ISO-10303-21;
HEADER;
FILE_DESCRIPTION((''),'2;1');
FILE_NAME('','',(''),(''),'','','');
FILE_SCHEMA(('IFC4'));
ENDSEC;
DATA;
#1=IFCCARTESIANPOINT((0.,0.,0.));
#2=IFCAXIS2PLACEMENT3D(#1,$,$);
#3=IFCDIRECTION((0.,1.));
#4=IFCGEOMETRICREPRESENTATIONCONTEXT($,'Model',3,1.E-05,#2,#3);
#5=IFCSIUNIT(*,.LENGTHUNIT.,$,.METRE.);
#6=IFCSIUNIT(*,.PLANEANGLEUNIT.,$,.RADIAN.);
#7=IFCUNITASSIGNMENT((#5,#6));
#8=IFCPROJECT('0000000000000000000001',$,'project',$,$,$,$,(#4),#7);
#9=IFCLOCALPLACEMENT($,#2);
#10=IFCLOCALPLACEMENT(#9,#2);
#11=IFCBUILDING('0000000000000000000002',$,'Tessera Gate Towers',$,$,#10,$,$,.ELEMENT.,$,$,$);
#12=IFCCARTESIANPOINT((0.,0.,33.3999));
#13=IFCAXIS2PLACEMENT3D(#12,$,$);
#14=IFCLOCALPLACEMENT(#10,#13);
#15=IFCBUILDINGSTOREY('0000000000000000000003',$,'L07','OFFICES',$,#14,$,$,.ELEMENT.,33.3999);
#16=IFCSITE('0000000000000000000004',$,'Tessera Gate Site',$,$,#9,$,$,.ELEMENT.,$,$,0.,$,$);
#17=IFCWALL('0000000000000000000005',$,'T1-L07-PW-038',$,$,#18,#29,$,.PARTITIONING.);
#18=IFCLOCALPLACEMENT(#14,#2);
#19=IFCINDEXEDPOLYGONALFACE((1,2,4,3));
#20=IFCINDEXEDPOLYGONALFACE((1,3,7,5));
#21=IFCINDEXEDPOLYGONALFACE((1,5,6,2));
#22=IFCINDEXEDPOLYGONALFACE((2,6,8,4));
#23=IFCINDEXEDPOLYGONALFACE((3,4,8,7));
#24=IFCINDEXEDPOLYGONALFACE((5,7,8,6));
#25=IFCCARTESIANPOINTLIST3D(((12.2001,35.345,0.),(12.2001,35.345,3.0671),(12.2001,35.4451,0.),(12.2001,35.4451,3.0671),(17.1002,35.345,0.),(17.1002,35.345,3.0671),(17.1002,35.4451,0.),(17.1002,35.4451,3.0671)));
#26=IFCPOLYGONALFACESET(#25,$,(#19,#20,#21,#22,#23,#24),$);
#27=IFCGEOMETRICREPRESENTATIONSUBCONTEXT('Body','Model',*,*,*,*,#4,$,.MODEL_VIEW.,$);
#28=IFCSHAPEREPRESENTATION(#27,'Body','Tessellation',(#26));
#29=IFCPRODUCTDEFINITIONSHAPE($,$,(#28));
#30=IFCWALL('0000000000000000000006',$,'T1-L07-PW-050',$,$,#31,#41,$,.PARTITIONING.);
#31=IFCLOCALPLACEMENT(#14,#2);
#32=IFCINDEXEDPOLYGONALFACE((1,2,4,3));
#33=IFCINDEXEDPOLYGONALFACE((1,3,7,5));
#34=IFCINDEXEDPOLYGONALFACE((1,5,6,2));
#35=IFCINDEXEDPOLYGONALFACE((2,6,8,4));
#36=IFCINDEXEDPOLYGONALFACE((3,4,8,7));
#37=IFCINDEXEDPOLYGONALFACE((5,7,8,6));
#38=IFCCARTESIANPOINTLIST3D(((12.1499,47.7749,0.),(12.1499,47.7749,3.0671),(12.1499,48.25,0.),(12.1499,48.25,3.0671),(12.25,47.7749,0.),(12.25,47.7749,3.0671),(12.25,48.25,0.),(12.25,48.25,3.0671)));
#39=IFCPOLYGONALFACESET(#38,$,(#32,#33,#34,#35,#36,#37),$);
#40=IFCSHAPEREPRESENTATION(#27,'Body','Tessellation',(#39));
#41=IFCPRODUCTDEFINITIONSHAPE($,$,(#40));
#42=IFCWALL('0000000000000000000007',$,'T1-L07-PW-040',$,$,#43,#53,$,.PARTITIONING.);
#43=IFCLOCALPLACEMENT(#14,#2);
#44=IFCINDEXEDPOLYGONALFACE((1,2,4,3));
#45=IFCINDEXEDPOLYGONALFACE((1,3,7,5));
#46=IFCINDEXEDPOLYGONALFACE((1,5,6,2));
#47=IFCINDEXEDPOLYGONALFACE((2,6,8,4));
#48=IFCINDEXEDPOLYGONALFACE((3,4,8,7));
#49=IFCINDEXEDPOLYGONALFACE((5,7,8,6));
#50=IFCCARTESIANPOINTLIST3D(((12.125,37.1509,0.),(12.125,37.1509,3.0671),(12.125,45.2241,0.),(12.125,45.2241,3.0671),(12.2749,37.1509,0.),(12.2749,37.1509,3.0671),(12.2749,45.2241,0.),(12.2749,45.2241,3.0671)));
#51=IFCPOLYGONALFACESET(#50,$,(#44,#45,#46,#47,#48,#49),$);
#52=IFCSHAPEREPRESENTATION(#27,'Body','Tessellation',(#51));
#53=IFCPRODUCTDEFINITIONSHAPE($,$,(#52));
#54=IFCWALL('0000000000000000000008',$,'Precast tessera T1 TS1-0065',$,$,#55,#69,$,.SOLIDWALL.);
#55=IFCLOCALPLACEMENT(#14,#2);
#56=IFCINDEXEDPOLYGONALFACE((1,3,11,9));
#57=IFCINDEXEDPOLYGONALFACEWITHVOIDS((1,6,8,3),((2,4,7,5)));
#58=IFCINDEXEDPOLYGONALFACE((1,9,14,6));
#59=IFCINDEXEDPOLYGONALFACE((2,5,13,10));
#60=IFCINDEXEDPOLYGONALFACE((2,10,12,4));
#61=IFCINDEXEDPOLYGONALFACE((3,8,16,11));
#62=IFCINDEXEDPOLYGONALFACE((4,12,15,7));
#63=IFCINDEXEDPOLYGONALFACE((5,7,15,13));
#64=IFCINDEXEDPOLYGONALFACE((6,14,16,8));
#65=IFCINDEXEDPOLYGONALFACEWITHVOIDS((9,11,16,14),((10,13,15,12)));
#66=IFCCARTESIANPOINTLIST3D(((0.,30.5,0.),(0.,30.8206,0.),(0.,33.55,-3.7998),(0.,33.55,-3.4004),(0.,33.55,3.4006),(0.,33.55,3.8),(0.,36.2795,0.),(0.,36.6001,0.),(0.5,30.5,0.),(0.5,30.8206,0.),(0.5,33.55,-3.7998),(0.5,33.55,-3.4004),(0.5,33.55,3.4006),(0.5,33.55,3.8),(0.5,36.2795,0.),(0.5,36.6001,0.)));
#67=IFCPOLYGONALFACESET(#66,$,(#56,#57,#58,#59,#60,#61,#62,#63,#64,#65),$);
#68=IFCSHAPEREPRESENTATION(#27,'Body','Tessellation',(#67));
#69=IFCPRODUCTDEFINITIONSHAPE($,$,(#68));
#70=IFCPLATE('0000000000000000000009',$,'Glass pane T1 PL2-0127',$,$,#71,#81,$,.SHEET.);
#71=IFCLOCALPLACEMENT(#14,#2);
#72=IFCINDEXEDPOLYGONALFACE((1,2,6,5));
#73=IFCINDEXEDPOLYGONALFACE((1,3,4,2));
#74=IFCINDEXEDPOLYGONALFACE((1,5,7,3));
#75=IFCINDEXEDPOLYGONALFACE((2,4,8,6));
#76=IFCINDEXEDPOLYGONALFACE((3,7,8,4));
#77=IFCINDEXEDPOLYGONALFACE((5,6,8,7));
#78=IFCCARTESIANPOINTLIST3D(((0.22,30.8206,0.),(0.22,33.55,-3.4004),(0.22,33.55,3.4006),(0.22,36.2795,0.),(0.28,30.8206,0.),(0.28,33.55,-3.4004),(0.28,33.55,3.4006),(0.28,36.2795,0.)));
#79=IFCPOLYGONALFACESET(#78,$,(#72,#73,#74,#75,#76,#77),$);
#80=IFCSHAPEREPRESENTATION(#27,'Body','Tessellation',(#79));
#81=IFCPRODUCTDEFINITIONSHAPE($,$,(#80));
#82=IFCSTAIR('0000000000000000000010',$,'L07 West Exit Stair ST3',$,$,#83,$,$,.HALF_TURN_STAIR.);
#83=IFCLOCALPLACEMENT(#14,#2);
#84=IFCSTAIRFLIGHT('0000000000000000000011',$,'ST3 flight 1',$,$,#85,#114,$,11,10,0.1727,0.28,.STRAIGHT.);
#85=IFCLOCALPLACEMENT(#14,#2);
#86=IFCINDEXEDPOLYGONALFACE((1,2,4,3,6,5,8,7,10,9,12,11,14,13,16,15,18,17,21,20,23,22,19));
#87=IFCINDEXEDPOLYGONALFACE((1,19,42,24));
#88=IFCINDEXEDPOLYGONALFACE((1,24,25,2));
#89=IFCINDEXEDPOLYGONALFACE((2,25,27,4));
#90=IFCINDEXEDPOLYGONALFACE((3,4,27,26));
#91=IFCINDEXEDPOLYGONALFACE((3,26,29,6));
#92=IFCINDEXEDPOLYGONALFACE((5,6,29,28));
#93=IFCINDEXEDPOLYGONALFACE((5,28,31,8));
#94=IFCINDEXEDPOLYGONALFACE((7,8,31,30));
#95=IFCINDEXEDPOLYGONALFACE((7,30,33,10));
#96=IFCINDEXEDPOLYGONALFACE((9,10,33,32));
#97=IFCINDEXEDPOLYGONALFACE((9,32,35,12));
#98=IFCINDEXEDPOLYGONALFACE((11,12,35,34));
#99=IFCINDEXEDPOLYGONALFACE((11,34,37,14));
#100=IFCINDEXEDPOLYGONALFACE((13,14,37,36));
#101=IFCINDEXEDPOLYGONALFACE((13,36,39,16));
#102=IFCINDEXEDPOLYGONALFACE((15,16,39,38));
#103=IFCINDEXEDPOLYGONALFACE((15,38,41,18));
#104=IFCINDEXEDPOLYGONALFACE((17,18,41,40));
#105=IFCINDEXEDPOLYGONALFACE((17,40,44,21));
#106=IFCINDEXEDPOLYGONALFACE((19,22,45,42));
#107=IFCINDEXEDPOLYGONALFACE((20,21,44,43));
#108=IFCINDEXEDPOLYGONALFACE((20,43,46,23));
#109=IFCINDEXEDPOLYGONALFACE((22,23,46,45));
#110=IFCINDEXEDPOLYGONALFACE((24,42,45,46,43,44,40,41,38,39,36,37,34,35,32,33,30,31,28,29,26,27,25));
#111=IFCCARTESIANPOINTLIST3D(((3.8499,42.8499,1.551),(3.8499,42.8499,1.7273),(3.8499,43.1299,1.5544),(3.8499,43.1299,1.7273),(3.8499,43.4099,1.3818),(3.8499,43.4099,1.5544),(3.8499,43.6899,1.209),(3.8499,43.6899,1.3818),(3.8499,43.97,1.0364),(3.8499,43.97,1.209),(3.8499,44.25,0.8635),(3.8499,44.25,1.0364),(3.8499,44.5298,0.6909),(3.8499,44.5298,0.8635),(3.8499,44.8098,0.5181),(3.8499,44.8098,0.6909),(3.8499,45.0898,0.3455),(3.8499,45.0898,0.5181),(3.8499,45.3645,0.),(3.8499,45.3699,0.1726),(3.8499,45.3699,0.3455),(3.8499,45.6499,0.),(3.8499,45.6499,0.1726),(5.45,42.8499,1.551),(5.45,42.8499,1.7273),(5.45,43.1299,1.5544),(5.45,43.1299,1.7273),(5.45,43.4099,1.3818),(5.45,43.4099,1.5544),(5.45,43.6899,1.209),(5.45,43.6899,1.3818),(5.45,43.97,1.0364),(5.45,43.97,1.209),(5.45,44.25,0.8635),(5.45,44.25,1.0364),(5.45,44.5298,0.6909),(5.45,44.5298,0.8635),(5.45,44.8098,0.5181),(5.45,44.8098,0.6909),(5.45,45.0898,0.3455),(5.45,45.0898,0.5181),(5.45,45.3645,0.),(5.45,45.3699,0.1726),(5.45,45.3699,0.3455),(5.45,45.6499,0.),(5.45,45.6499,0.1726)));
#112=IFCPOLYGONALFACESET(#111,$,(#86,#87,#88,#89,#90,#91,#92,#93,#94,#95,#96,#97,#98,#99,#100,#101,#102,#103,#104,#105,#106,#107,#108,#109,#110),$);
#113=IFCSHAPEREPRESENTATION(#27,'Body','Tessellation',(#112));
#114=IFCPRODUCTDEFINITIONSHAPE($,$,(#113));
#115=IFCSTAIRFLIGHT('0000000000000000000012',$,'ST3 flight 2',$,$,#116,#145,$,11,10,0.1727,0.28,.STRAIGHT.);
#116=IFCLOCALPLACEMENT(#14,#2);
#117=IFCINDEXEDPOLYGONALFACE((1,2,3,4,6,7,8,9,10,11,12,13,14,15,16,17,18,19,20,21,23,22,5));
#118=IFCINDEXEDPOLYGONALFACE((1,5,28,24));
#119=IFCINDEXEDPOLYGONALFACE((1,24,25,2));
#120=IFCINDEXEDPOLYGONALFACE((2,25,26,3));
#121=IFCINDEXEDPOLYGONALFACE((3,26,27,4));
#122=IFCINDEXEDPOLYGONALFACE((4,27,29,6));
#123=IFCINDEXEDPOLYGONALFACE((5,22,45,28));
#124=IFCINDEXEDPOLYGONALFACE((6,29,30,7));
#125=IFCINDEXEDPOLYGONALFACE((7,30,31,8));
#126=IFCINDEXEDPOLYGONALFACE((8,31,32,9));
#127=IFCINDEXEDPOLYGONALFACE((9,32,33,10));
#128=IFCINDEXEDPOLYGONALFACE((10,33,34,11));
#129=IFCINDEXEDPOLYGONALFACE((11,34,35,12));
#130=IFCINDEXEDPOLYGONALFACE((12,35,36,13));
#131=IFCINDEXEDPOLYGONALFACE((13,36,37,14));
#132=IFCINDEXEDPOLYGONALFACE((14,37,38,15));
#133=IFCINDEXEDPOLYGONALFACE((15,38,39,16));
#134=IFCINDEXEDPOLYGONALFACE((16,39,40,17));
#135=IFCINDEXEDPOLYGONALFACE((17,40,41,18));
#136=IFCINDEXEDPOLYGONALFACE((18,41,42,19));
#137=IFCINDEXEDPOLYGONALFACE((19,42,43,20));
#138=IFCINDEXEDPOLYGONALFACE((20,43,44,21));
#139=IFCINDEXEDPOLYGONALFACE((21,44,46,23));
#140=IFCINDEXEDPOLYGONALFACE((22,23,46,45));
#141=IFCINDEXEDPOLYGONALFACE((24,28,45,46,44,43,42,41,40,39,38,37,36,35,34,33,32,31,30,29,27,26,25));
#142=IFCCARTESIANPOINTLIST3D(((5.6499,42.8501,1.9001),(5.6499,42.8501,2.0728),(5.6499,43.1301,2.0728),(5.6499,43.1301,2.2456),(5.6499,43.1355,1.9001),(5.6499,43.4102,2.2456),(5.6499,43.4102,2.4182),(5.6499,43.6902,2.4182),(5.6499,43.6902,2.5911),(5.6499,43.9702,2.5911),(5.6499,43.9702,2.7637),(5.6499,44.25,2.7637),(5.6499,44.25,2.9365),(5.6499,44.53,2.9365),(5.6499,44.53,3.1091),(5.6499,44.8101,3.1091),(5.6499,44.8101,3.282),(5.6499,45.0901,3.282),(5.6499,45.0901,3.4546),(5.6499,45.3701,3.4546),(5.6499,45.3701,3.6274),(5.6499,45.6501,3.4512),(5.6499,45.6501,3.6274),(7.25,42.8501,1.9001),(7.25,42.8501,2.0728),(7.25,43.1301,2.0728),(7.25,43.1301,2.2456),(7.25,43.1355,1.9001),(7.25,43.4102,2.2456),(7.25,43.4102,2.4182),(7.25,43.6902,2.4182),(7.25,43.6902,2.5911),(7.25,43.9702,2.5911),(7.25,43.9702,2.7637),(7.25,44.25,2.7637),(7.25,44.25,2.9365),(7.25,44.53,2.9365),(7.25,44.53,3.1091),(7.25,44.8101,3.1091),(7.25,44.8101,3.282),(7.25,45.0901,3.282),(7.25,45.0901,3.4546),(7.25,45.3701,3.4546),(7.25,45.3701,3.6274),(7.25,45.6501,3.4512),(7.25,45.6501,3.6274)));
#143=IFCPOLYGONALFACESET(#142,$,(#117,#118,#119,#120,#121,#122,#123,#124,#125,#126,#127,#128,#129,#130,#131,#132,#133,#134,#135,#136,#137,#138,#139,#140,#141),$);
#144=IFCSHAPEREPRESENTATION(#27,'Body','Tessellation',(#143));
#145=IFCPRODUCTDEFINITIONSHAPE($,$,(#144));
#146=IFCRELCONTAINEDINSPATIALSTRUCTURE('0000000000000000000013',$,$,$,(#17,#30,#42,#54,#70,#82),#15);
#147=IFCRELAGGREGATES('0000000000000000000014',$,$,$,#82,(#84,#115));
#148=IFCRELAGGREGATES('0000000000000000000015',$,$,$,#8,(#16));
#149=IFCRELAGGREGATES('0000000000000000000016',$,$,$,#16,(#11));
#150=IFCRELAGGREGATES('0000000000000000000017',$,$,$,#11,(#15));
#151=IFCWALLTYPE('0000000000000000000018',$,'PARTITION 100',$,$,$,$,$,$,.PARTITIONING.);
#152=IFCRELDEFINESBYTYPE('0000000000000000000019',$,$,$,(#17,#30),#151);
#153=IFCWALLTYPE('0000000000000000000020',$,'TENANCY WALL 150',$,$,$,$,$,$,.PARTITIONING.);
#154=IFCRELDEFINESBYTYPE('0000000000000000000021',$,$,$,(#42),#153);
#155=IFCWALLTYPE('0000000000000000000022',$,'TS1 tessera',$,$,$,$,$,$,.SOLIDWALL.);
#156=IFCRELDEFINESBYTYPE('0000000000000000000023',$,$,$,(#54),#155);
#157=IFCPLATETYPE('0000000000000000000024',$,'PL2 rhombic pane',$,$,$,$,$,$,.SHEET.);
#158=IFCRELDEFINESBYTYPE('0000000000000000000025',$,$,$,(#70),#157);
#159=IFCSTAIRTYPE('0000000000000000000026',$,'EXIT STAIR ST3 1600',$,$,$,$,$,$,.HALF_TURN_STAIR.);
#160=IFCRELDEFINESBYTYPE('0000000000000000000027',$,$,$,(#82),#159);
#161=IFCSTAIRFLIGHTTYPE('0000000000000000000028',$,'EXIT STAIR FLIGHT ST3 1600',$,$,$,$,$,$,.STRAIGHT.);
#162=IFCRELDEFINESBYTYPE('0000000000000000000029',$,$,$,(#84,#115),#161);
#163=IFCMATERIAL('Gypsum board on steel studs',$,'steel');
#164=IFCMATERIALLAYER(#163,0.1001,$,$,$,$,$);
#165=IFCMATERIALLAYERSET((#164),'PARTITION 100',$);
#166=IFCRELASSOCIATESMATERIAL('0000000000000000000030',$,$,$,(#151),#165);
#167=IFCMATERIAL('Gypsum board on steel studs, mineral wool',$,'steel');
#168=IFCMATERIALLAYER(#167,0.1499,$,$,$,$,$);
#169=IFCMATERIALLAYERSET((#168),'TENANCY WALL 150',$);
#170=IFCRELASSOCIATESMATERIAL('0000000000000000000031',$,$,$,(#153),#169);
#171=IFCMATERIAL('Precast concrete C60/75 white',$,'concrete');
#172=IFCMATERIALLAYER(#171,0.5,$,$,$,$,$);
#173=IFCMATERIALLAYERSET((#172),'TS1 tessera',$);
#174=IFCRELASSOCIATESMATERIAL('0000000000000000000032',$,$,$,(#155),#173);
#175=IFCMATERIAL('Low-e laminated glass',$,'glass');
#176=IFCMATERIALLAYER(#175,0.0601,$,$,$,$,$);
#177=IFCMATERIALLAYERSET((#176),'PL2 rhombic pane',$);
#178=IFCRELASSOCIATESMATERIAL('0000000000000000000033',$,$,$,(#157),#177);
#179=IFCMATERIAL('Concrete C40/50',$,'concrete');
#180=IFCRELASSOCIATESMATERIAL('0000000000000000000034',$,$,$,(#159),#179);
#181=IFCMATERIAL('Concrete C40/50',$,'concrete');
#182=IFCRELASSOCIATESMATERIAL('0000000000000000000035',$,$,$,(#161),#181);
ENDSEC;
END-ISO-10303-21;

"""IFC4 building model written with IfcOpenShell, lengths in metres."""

from ifc_helpers import new_model, si_unit, direction, frame, frame_2d, origin, place, context, subcontext, project, spatial, polyline, rectangle, outline, extrude, source, transform, mapped, material, layer, layer_set, type_object, element, fill, aggregate, save


model = new_model("IFC4")

# Units and contexts
model_context = context("Model", 3, precision=1e-05, world=origin(), true_north=direction((0.0, 1.0)))
body_context = subcontext(model_context, "Body", "Model", "MODEL_VIEW")
ifc_project = project(units=[si_unit("LENGTHUNIT", "METRE"), si_unit("PLANEANGLEUNIT", "RADIAN")], contexts=[model_context])

# Site, building, storey
site_placement = place(None, origin())
site = spatial("IfcSite", under=ifc_project, at=site_placement, Name="Tessera Gate Site", CompositionType="ELEMENT", RefElevation=0.0)
building_placement = place(site_placement, origin())
building = spatial("IfcBuilding", under=site, at=building_placement, Name="Tessera Gate Towers", CompositionType="ELEMENT")
storey_placement = place(building_placement, frame((0.0, 0.0, 33.3999)))
storey = spatial("IfcBuildingStorey", under=building, at=storey_placement, Name="L07", Description="OFFICES", CompositionType="ELEMENT", Elevation=33.3999)

# Walls
ifc_material_1 = material(Name="Gypsum board on steel studs", Category="steel")
ifc_layer_1 = layer(ifc_material_1, 0.1001)
ifc_layer_set_1 = layer_set([ifc_layer_1], Name="PARTITION 100")
wall_type_1 = type_object("IfcWallType", Name="PARTITION 100", PredefinedType="PARTITIONING", material=ifc_layer_set_1)
wall_1_placement = place(storey_placement, frame((12.2, 35.395, 0.0), z_axis=(0.0, 0.0, 1.0), x_axis=(1.0, 0.0, 0.0)))
element("IfcWall", 1, at=wall_1_placement, inside=storey, type_object=wall_type_1, Name="T1-L07-PW-038", PredefinedType="PARTITIONING", context=body_context, shape_type="SweptSolid", body=[
    extrude(rectangle(XDim=4.9001, YDim=0.1001, at=frame_2d((2.4502, 0.0))), origin(), (0.0, 0.0, 1.0), 3.0671),
])
wall_2_placement = place(storey_placement, frame((12.2, 48.25, 0.0), z_axis=(0.0, 0.0, 1.0), x_axis=(0.0, -1.0, 0.0)))
element("IfcWall", 2, at=wall_2_placement, inside=storey, type_object=wall_type_1, Name="T1-L07-PW-050", PredefinedType="PARTITIONING", context=body_context, shape_type="SweptSolid", body=[
    extrude(rectangle(XDim=0.4751, YDim=0.1001, at=frame_2d((0.2375, 0.0))), origin(), (0.0, 0.0, 1.0), 3.0671),
])
ifc_material_2 = material(Name="Gypsum board on steel studs, mineral wool", Category="steel")
ifc_layer_2 = layer(ifc_material_2, 0.1499)
ifc_layer_set_2 = layer_set([ifc_layer_2], Name="TENANCY WALL 150")
wall_type_2 = type_object("IfcWallType", Name="TENANCY WALL 150", PredefinedType="PARTITIONING", material=ifc_layer_set_2)
wall_3_placement = place(storey_placement, frame((12.2, 37.1509, 0.0), z_axis=(0.0, 0.0, 1.0), x_axis=(0.0, 1.0, 0.0)))
element("IfcWall", 3, at=wall_3_placement, inside=storey, type_object=wall_type_2, Name="T1-L07-PW-040", PredefinedType="PARTITIONING", context=body_context, shape_type="SweptSolid", body=[
    extrude(rectangle(XDim=8.0732, YDim=0.1499, at=frame_2d((4.0366, 0.0))), origin(), (0.0, 0.0, 1.0), 3.0671),
])

# Wall, opening, plate
ifc_material_3 = material(Name="Precast concrete C60/75 white", Category="concrete")
ifc_layer_3 = layer(ifc_material_3, 0.5)
ifc_layer_set_3 = layer_set([ifc_layer_3], Name="TS1 tessera")
wall_type_3 = type_object("IfcWallType", Name="TS1 tessera", PredefinedType="SOLIDWALL", material=ifc_layer_set_3)
shared_shape_1 = source(origin(), body_context, "Body", "SweptSolid", [
    extrude(outline(polyline([(3.05, 0.0), (6.1001, 3.7998), (3.05, 7.5999), (0.0, 3.7998), (3.05, 0.0)])), frame((0.0, 0.25, 0.0), z_axis=(0.0, -1.0, 0.0), x_axis=(1.0, 0.0, 0.0)), (0.0, 0.0, 1.0), 0.5),
])
wall_4_placement = place(storey_placement, frame((0.25, 36.6001, -3.7998), z_axis=(0.0, 0.0, 1.0), x_axis=(0.0, -1.0, 0.0)))
wall_4 = element("IfcWall", 4, at=wall_4_placement, inside=storey, type_object=wall_type_3, Name="Precast tessera T1 TS1-0065", PredefinedType="SOLIDWALL", context=body_context, shape_type="MappedRepresentation", body=[
    mapped(shared_shape_1, transform((0.0, 0.0, 0.0), scale=1.0)),
])
shared_shape_2 = source(origin(), body_context, "Body", "SweptSolid", [
    extrude(outline(polyline([(3.05, 0.3994), (5.7795, 3.7998), (3.05, 7.2004), (0.3206, 3.7998), (3.05, 0.3994)])), frame((0.0, 0.26, 0.0), z_axis=(0.0, -1.0, 0.0), x_axis=(1.0, 0.0, 0.0)), (0.0, 0.0, 1.0), 0.52),
])
opening_1_placement = place(wall_4_placement, origin())
opening_1 = element("IfcOpeningElement", 5, at=opening_1_placement, cuts=wall_4, PredefinedType="OPENING", context=body_context, shape_type="MappedRepresentation", body=[
    mapped(shared_shape_2, transform((0.0, 0.0, 0.0), scale=1.0)),
])
ifc_material_4 = material(Name="Low-e laminated glass", Category="glass")
ifc_layer_4 = layer(ifc_material_4, 0.0601)
ifc_layer_set_4 = layer_set([ifc_layer_4], Name="PL2 rhombic pane")
plate_type = type_object("IfcPlateType", Name="PL2 rhombic pane", PredefinedType="SHEET", material=ifc_layer_set_4)
shared_shape_3 = source(origin(), body_context, "Body", "SweptSolid", [
    extrude(outline(polyline([(3.05, 0.3994), (5.7795, 3.7998), (3.05, 7.2004), (0.3206, 3.7998), (3.05, 0.3994)])), frame((0.0, 0.03, 0.0), z_axis=(0.0, -1.0, 0.0), x_axis=(1.0, 0.0, 0.0)), (0.0, 0.0, 1.0), 0.0601),
])
plate_placement = place(opening_1_placement, origin())
plate = element("IfcPlate", 6, at=plate_placement, inside=storey, type_object=plate_type, Name="Glass pane T1 PL2-0127", PredefinedType="SHEET", context=body_context, shape_type="MappedRepresentation", body=[
    mapped(shared_shape_3, transform((0.0, 0.0, 0.0), scale=1.0)),
])
fill(opening_1, plate)

# Stair, stair flights
ifc_material_5 = material(Name="Concrete C40/50", Category="concrete")
stair_type = type_object("IfcStairType", Name="EXIT STAIR ST3 1600", PredefinedType="HALF_TURN_STAIR", material=ifc_material_5)
stair_placement = place(storey_placement, origin())
stair = element("IfcStair", 7, at=stair_placement, inside=storey, type_object=stair_type, Name="L07 West Exit Stair ST3", PredefinedType="HALF_TURN_STAIR")
ifc_material_6 = material(Name="Concrete C40/50", Category="concrete")
stair_flight_type = type_object("IfcStairFlightType", Name="EXIT STAIR FLIGHT ST3 1600", PredefinedType="STRAIGHT", material=ifc_material_6)
stair_flight_1_placement = place(storey_placement, frame((4.6499, 45.6499, 0.0), z_axis=(0.0, 0.0, 1.0), x_axis=(0.0, -1.0, 0.0)))
stair_flight_1 = element("IfcStairFlight", 8, at=stair_flight_1_placement, type_object=stair_flight_type, Name="ST3 flight 1", NumberOfRisers=11, NumberOfTreads=10, PredefinedType="STRAIGHT", RiserHeight=0.1727, TreadLength=0.28, context=body_context, shape_type="SweptSolid", body=[
    extrude(outline(polyline([(0.0, 0.0), (0.0, 0.1726), (0.28, 0.1726), (0.28, 0.3455), (0.5601, 0.3455), (0.5601, 0.5181), (0.8401, 0.5181), (0.8401, 0.6909), (1.1201, 0.6909), (1.1201, 0.8635), (1.3999, 0.8635), (1.3999, 1.0364), (1.6799, 1.0364), (1.6799, 1.209), (1.96, 1.209), (1.96, 1.3818), (2.24, 1.3818), (2.24, 1.5544), (2.52, 1.5544), (2.52, 1.7273), (2.8, 1.7273), (2.8, 1.8999), (2.8, 1.551), (0.2854, 0.0), (0.0, 0.0)])), frame((0.0, 0.8, 0.0), z_axis=(0.0, -1.0, 0.0), x_axis=(1.0, 0.0, 0.0)), (0.0, 0.0, 1.0), 1.6001),
])
stair_flight_2_placement = place(storey_placement, frame((6.45, 42.8501, 1.9001), z_axis=(0.0, 0.0, 1.0), x_axis=(0.0, 1.0, 0.0)))
stair_flight_2 = element("IfcStairFlight", 9, at=stair_flight_2_placement, type_object=stair_flight_type, Name="ST3 flight 2", NumberOfRisers=11, NumberOfTreads=10, PredefinedType="STRAIGHT", RiserHeight=0.1727, TreadLength=0.28, context=body_context, shape_type="SweptSolid", body=[
    extrude(outline(polyline([(0.0, 0.0), (0.0, 0.1726), (0.28, 0.1726), (0.28, 0.3455), (0.5601, 0.3455), (0.5601, 0.5181), (0.8401, 0.5181), (0.8401, 0.6909), (1.1201, 0.6909), (1.1201, 0.8635), (1.3999, 0.8635), (1.3999, 1.0364), (1.6799, 1.0364), (1.6799, 1.209), (1.96, 1.209), (1.96, 1.3818), (2.24, 1.3818), (2.24, 1.5544), (2.52, 1.5544), (2.52, 1.7273), (2.8, 1.7273), (2.8, 1.8999), (2.8, 1.551), (0.2854, 0.0), (0.0, 0.0)])), frame((0.0, 0.8, 0.0), z_axis=(0.0, -1.0, 0.0), x_axis=(1.0, 0.0, 0.0)), (0.0, 0.0, 1.0), 1.6001),
])
aggregate(stair, [stair_flight_1, stair_flight_2])

save(model, "model.ifc")
